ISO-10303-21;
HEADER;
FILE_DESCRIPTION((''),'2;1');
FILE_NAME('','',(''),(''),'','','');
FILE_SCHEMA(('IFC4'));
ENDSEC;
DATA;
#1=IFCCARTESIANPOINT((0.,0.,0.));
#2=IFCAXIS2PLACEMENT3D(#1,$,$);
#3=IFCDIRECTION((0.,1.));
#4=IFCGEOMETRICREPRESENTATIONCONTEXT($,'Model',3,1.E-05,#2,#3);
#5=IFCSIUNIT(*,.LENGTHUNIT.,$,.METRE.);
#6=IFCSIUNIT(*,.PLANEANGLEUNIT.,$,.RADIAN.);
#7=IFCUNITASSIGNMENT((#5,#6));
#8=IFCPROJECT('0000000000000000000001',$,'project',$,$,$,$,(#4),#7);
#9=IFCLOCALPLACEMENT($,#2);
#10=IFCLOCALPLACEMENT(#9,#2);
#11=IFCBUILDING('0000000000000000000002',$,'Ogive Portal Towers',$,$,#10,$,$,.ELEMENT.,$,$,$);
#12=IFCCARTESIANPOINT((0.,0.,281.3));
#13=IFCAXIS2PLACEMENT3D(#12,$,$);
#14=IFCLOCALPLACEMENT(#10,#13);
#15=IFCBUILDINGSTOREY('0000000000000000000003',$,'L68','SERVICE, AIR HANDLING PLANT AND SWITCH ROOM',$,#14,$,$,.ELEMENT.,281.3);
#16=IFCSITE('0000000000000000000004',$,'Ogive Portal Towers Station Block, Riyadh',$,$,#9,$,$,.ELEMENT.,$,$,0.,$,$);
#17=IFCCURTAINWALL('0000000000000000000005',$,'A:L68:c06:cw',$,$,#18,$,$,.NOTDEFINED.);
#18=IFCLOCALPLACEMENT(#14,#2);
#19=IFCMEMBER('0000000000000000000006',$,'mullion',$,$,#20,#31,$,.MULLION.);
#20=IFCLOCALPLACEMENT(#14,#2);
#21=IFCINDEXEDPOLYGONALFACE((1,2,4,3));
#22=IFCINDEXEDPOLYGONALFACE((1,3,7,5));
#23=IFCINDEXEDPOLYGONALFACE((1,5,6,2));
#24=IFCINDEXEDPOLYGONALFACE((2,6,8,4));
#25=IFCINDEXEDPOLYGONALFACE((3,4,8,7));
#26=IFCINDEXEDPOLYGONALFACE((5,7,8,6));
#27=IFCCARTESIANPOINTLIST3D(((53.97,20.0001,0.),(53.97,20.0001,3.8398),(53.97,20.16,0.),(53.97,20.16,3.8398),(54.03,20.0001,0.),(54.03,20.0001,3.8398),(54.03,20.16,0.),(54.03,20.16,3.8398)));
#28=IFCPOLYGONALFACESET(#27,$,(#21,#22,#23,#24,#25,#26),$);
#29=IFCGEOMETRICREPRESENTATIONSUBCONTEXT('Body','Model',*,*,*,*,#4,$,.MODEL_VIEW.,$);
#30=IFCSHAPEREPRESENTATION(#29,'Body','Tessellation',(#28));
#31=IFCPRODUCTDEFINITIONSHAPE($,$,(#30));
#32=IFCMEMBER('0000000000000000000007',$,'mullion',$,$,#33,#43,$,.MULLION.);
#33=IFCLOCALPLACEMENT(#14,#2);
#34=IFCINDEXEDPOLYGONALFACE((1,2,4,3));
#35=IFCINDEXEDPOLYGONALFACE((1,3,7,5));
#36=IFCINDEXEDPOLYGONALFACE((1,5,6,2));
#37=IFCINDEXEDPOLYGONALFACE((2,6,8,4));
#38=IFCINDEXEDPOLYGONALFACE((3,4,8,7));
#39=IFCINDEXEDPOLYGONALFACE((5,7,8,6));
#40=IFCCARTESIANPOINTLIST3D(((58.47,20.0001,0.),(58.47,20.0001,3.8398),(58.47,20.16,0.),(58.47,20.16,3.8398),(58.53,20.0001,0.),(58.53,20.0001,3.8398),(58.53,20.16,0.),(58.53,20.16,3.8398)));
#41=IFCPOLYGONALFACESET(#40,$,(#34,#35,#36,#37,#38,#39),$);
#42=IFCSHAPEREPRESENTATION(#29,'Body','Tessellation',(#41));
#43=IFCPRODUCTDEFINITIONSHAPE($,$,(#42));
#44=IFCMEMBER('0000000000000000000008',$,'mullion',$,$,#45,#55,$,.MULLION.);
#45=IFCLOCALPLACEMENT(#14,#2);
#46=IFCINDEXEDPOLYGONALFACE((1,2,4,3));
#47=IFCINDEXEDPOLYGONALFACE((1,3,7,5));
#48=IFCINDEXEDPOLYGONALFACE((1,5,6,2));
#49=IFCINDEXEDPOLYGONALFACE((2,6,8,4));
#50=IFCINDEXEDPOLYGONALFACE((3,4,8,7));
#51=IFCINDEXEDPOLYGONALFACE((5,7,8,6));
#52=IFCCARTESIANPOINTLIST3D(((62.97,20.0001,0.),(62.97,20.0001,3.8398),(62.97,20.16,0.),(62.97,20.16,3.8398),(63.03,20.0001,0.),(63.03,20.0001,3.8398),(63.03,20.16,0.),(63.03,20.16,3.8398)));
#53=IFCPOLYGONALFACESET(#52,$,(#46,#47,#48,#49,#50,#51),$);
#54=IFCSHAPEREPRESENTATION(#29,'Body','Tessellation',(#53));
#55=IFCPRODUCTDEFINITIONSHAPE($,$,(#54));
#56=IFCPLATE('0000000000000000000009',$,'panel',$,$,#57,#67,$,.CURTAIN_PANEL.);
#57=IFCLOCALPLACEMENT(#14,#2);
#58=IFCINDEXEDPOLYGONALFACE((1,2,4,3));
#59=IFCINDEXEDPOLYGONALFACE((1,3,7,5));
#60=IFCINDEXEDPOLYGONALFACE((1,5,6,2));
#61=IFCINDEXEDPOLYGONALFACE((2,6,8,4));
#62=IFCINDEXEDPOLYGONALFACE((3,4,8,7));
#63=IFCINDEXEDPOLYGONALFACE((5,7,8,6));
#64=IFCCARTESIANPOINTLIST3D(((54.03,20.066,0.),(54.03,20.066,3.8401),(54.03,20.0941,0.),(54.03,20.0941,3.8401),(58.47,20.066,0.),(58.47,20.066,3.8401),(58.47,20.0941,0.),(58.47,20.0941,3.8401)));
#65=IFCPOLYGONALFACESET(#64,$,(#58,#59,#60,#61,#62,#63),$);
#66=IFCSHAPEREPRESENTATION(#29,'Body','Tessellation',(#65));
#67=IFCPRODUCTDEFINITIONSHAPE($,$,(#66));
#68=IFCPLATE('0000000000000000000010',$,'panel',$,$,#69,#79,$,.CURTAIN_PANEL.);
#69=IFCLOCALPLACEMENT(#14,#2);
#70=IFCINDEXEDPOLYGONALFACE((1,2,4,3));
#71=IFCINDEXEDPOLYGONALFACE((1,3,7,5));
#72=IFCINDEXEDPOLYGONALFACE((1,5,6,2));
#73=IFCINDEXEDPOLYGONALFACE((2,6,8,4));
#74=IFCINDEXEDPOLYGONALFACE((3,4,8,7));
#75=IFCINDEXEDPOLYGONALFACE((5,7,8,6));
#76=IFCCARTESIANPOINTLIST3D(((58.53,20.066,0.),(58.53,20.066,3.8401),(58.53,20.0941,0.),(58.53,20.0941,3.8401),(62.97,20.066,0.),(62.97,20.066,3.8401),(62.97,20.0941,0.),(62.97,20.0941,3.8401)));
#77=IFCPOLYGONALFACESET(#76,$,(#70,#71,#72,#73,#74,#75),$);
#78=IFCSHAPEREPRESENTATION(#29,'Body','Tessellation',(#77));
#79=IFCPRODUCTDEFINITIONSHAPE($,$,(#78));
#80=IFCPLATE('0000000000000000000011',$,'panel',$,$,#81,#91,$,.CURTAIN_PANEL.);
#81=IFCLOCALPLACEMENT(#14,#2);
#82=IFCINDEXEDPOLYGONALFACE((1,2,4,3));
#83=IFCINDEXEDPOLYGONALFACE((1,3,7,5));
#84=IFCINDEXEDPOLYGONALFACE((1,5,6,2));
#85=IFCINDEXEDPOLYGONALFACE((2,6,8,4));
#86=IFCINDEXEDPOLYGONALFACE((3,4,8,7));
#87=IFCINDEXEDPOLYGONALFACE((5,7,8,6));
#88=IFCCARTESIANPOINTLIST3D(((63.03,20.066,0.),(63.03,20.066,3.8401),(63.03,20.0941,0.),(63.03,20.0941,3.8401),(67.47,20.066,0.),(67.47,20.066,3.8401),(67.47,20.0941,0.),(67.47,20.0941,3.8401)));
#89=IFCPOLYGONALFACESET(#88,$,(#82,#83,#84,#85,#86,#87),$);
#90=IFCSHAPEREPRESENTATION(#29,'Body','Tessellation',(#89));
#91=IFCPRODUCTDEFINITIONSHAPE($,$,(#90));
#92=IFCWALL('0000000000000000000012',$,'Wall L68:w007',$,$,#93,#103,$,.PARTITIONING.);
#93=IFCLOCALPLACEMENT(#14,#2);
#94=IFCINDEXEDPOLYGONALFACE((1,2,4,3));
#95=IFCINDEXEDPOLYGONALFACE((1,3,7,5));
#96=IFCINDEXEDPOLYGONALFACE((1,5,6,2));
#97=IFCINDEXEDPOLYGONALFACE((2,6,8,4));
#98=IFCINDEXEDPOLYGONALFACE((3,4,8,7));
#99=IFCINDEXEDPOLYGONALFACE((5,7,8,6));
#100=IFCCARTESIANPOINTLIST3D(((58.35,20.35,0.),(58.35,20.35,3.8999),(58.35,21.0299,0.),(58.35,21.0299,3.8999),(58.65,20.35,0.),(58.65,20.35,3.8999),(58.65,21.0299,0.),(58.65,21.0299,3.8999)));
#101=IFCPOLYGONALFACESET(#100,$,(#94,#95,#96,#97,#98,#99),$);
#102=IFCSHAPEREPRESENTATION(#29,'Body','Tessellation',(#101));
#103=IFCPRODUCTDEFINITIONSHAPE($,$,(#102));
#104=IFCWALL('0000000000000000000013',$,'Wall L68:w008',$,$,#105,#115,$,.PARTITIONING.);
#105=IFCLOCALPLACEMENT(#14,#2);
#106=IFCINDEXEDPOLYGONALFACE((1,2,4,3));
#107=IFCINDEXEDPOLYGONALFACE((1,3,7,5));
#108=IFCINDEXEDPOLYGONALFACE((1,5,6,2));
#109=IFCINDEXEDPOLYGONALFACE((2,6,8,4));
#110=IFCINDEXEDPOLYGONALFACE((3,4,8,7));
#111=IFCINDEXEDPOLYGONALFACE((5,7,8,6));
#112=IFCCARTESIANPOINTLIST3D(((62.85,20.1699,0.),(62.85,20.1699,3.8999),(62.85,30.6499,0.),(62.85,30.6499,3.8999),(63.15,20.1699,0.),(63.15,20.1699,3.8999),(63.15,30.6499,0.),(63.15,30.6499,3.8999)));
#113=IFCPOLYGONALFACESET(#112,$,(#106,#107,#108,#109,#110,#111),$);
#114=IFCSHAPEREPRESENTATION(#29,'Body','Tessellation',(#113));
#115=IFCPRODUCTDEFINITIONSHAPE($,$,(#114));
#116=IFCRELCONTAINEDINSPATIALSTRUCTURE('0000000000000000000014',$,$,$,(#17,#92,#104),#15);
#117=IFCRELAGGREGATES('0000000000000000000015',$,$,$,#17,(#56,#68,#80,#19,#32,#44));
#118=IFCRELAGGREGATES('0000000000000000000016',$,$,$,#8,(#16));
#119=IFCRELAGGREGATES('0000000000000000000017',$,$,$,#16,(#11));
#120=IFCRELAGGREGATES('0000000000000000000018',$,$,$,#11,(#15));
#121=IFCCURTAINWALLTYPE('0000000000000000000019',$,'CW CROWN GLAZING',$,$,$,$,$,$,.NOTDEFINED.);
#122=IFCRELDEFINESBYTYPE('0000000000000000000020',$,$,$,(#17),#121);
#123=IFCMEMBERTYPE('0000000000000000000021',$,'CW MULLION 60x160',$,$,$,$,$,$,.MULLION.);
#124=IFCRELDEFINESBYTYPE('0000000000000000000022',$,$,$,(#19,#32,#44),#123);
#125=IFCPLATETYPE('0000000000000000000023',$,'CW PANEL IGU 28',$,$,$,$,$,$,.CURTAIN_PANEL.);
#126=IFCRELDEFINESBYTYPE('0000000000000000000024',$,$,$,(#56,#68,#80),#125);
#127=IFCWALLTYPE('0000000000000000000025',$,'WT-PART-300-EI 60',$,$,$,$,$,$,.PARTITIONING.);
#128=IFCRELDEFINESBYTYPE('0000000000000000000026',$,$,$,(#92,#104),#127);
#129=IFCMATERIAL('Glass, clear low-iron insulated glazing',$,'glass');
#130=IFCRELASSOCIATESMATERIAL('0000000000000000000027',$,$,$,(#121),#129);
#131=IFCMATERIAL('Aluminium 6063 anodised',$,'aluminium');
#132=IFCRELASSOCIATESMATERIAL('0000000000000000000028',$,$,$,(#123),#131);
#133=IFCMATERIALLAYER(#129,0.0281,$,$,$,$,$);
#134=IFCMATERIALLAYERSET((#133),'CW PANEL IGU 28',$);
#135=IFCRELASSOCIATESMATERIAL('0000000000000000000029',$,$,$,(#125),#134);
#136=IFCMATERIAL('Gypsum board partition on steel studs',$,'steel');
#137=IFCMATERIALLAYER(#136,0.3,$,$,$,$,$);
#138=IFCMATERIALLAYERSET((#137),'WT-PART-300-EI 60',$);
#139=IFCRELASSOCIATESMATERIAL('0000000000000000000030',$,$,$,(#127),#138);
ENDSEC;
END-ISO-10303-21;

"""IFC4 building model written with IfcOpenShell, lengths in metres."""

from ifc_helpers import new_model, si_unit, direction, frame, frame_2d, origin, origin_2d, place, context, subcontext, project, spatial, rectangle, extrude, material, layer, layer_set, material_profile, profile_set, type_object, element, aggregate, save


model = new_model("IFC4")

# Units and contexts
model_context = context("Model", 3, precision=1e-05, world=origin(), true_north=direction((0.0, 1.0)))
body_context = subcontext(model_context, "Body", "Model", "MODEL_VIEW")
ifc_project = project(units=[si_unit("LENGTHUNIT", "METRE"), si_unit("PLANEANGLEUNIT", "RADIAN")], contexts=[model_context])

# Site, building, storey
site_placement = place(None, origin())
site = spatial("IfcSite", under=ifc_project, at=site_placement, Name="Ogive Portal Towers Station Block, Riyadh", CompositionType="ELEMENT", RefElevation=0.0)
building_placement = place(site_placement, origin())
building = spatial("IfcBuilding", under=site, at=building_placement, Name="Ogive Portal Towers", CompositionType="ELEMENT")
storey_placement = place(building_placement, frame((0.0, 0.0, 281.3)))
storey = spatial("IfcBuildingStorey", under=building, at=storey_placement, Name="L68", Description="SERVICE, AIR HANDLING PLANT AND SWITCH ROOM", CompositionType="ELEMENT", Elevation=281.3)

# Curtain wall, members, plates
ifc_material_1 = material(Name="Glass, clear low-iron insulated glazing", Category="glass")
curtain_wall_type = type_object("IfcCurtainWallType", Name="CW CROWN GLAZING", PredefinedType="NOTDEFINED", material=ifc_material_1)
curtain_wall_placement = place(storey_placement, origin())
curtain_wall = element("IfcCurtainWall", 1, at=curtain_wall_placement, inside=storey, type_object=curtain_wall_type, Name="A:L68:c06:cw", PredefinedType="NOTDEFINED")
ifc_material_2 = material(Name="Aluminium 6063 anodised", Category="aluminium")
ifc_material_profile = material_profile(ifc_material_2, rectangle(XDim=0.1599, YDim=0.0601, at=origin_2d()), Name="AL 60x160")
ifc_profile_set = profile_set([ifc_material_profile], Name="Aluminium 6063 anodised")
member_type = type_object("IfcMemberType", Name="CW MULLION 60x160", PredefinedType="MULLION", material=ifc_profile_set)
member_1_placement = place(storey_placement, frame((54.0, 20.0801, 0.0), z_axis=(0.0, 0.0, 1.0), x_axis=(0.0, 1.0, 0.0)))
member_1 = element("IfcMember", 2, at=member_1_placement, type_object=member_type, Name="mullion", PredefinedType="MULLION", context=body_context, shape_type="SweptSolid", body=[
    extrude(rectangle(XDim=0.1599, YDim=0.0601, at=origin_2d()), origin(), (0.0, 0.0, 1.0), 3.8398),
])
member_2_placement = place(storey_placement, frame((58.5, 20.0801, 0.0), z_axis=(0.0, 0.0, 1.0), x_axis=(0.0, 1.0, 0.0)))
member_2 = element("IfcMember", 3, at=member_2_placement, type_object=member_type, Name="mullion", PredefinedType="MULLION", context=body_context, shape_type="SweptSolid", body=[
    extrude(rectangle(XDim=0.1599, YDim=0.0601, at=origin_2d()), origin(), (0.0, 0.0, 1.0), 3.8398),
])
member_3_placement = place(storey_placement, frame((63.0, 20.0801, 0.0), z_axis=(0.0, 0.0, 1.0), x_axis=(0.0, 1.0, 0.0)))
member_3 = element("IfcMember", 4, at=member_3_placement, type_object=member_type, Name="mullion", PredefinedType="MULLION", context=body_context, shape_type="SweptSolid", body=[
    extrude(rectangle(XDim=0.1599, YDim=0.0601, at=origin_2d()), origin(), (0.0, 0.0, 1.0), 3.8398),
])
ifc_layer_1 = layer(ifc_material_1, 0.0281)
ifc_layer_set_1 = layer_set([ifc_layer_1], Name="CW PANEL IGU 28")
plate_type = type_object("IfcPlateType", Name="CW PANEL IGU 28", PredefinedType="CURTAIN_PANEL", material=ifc_layer_set_1)
plate_1_placement = place(storey_placement, frame((56.25, 20.0801, 0.0), z_axis=(0.0, 0.0, 1.0), x_axis=(1.0, 0.0, 0.0)))
plate_1 = element("IfcPlate", 5, at=plate_1_placement, type_object=plate_type, Name="panel", PredefinedType="CURTAIN_PANEL", context=body_context, shape_type="SweptSolid", body=[
    extrude(rectangle(XDim=4.4399, YDim=0.0281, at=origin_2d()), origin(), (0.0, 0.0, 1.0), 3.8401),
])
plate_2_placement = place(storey_placement, frame((60.75, 20.0801, 0.0), z_axis=(0.0, 0.0, 1.0), x_axis=(1.0, 0.0, 0.0)))
plate_2 = element("IfcPlate", 6, at=plate_2_placement, type_object=plate_type, Name="panel", PredefinedType="CURTAIN_PANEL", context=body_context, shape_type="SweptSolid", body=[
    extrude(rectangle(XDim=4.4399, YDim=0.0281, at=origin_2d()), origin(), (0.0, 0.0, 1.0), 3.8401),
])
plate_3_placement = place(storey_placement, frame((65.25, 20.0801, 0.0), z_axis=(0.0, 0.0, 1.0), x_axis=(1.0, 0.0, 0.0)))
plate_3 = element("IfcPlate", 7, at=plate_3_placement, type_object=plate_type, Name="panel", PredefinedType="CURTAIN_PANEL", context=body_context, shape_type="SweptSolid", body=[
    extrude(rectangle(XDim=4.4399, YDim=0.0281, at=origin_2d()), origin(), (0.0, 0.0, 1.0), 3.8401),
])
aggregate(curtain_wall, [plate_1, plate_2, plate_3, member_1, member_2, member_3])

# Walls
ifc_material_3 = material(Name="Gypsum board partition on steel studs", Category="steel")
ifc_layer_2 = layer(ifc_material_3, 0.3)
ifc_layer_set_2 = layer_set([ifc_layer_2], Name="WT-PART-300-EI 60")
wall_type = type_object("IfcWallType", Name="WT-PART-300-EI 60", PredefinedType="PARTITIONING", material=ifc_layer_set_2)
wall_1_placement = place(storey_placement, frame((58.5, 20.3501, 0.0), z_axis=(0.0, 0.0, 1.0), x_axis=(0.0, 1.0, 0.0)))
element("IfcWall", 8, at=wall_1_placement, inside=storey, type_object=wall_type, Name="Wall L68:w007", PredefinedType="PARTITIONING", context=body_context, shape_type="SweptSolid", body=[
    extrude(rectangle(XDim=0.6799, YDim=0.3, at=frame_2d((0.3398, 0.0))), origin(), (0.0, 0.0, 1.0), 3.8999),
])
wall_2_placement = place(storey_placement, frame((63.0, 20.1699, 0.0), z_axis=(0.0, 0.0, 1.0), x_axis=(0.0, 1.0, 0.0)))
element("IfcWall", 9, at=wall_2_placement, inside=storey, type_object=wall_type, Name="Wall L68:w008", PredefinedType="PARTITIONING", context=body_context, shape_type="SweptSolid", body=[
    extrude(rectangle(XDim=10.48, YDim=0.3, at=frame_2d((5.24, 0.0))), origin(), (0.0, 0.0, 1.0), 3.8999),
])

save(model, "model.ifc")
